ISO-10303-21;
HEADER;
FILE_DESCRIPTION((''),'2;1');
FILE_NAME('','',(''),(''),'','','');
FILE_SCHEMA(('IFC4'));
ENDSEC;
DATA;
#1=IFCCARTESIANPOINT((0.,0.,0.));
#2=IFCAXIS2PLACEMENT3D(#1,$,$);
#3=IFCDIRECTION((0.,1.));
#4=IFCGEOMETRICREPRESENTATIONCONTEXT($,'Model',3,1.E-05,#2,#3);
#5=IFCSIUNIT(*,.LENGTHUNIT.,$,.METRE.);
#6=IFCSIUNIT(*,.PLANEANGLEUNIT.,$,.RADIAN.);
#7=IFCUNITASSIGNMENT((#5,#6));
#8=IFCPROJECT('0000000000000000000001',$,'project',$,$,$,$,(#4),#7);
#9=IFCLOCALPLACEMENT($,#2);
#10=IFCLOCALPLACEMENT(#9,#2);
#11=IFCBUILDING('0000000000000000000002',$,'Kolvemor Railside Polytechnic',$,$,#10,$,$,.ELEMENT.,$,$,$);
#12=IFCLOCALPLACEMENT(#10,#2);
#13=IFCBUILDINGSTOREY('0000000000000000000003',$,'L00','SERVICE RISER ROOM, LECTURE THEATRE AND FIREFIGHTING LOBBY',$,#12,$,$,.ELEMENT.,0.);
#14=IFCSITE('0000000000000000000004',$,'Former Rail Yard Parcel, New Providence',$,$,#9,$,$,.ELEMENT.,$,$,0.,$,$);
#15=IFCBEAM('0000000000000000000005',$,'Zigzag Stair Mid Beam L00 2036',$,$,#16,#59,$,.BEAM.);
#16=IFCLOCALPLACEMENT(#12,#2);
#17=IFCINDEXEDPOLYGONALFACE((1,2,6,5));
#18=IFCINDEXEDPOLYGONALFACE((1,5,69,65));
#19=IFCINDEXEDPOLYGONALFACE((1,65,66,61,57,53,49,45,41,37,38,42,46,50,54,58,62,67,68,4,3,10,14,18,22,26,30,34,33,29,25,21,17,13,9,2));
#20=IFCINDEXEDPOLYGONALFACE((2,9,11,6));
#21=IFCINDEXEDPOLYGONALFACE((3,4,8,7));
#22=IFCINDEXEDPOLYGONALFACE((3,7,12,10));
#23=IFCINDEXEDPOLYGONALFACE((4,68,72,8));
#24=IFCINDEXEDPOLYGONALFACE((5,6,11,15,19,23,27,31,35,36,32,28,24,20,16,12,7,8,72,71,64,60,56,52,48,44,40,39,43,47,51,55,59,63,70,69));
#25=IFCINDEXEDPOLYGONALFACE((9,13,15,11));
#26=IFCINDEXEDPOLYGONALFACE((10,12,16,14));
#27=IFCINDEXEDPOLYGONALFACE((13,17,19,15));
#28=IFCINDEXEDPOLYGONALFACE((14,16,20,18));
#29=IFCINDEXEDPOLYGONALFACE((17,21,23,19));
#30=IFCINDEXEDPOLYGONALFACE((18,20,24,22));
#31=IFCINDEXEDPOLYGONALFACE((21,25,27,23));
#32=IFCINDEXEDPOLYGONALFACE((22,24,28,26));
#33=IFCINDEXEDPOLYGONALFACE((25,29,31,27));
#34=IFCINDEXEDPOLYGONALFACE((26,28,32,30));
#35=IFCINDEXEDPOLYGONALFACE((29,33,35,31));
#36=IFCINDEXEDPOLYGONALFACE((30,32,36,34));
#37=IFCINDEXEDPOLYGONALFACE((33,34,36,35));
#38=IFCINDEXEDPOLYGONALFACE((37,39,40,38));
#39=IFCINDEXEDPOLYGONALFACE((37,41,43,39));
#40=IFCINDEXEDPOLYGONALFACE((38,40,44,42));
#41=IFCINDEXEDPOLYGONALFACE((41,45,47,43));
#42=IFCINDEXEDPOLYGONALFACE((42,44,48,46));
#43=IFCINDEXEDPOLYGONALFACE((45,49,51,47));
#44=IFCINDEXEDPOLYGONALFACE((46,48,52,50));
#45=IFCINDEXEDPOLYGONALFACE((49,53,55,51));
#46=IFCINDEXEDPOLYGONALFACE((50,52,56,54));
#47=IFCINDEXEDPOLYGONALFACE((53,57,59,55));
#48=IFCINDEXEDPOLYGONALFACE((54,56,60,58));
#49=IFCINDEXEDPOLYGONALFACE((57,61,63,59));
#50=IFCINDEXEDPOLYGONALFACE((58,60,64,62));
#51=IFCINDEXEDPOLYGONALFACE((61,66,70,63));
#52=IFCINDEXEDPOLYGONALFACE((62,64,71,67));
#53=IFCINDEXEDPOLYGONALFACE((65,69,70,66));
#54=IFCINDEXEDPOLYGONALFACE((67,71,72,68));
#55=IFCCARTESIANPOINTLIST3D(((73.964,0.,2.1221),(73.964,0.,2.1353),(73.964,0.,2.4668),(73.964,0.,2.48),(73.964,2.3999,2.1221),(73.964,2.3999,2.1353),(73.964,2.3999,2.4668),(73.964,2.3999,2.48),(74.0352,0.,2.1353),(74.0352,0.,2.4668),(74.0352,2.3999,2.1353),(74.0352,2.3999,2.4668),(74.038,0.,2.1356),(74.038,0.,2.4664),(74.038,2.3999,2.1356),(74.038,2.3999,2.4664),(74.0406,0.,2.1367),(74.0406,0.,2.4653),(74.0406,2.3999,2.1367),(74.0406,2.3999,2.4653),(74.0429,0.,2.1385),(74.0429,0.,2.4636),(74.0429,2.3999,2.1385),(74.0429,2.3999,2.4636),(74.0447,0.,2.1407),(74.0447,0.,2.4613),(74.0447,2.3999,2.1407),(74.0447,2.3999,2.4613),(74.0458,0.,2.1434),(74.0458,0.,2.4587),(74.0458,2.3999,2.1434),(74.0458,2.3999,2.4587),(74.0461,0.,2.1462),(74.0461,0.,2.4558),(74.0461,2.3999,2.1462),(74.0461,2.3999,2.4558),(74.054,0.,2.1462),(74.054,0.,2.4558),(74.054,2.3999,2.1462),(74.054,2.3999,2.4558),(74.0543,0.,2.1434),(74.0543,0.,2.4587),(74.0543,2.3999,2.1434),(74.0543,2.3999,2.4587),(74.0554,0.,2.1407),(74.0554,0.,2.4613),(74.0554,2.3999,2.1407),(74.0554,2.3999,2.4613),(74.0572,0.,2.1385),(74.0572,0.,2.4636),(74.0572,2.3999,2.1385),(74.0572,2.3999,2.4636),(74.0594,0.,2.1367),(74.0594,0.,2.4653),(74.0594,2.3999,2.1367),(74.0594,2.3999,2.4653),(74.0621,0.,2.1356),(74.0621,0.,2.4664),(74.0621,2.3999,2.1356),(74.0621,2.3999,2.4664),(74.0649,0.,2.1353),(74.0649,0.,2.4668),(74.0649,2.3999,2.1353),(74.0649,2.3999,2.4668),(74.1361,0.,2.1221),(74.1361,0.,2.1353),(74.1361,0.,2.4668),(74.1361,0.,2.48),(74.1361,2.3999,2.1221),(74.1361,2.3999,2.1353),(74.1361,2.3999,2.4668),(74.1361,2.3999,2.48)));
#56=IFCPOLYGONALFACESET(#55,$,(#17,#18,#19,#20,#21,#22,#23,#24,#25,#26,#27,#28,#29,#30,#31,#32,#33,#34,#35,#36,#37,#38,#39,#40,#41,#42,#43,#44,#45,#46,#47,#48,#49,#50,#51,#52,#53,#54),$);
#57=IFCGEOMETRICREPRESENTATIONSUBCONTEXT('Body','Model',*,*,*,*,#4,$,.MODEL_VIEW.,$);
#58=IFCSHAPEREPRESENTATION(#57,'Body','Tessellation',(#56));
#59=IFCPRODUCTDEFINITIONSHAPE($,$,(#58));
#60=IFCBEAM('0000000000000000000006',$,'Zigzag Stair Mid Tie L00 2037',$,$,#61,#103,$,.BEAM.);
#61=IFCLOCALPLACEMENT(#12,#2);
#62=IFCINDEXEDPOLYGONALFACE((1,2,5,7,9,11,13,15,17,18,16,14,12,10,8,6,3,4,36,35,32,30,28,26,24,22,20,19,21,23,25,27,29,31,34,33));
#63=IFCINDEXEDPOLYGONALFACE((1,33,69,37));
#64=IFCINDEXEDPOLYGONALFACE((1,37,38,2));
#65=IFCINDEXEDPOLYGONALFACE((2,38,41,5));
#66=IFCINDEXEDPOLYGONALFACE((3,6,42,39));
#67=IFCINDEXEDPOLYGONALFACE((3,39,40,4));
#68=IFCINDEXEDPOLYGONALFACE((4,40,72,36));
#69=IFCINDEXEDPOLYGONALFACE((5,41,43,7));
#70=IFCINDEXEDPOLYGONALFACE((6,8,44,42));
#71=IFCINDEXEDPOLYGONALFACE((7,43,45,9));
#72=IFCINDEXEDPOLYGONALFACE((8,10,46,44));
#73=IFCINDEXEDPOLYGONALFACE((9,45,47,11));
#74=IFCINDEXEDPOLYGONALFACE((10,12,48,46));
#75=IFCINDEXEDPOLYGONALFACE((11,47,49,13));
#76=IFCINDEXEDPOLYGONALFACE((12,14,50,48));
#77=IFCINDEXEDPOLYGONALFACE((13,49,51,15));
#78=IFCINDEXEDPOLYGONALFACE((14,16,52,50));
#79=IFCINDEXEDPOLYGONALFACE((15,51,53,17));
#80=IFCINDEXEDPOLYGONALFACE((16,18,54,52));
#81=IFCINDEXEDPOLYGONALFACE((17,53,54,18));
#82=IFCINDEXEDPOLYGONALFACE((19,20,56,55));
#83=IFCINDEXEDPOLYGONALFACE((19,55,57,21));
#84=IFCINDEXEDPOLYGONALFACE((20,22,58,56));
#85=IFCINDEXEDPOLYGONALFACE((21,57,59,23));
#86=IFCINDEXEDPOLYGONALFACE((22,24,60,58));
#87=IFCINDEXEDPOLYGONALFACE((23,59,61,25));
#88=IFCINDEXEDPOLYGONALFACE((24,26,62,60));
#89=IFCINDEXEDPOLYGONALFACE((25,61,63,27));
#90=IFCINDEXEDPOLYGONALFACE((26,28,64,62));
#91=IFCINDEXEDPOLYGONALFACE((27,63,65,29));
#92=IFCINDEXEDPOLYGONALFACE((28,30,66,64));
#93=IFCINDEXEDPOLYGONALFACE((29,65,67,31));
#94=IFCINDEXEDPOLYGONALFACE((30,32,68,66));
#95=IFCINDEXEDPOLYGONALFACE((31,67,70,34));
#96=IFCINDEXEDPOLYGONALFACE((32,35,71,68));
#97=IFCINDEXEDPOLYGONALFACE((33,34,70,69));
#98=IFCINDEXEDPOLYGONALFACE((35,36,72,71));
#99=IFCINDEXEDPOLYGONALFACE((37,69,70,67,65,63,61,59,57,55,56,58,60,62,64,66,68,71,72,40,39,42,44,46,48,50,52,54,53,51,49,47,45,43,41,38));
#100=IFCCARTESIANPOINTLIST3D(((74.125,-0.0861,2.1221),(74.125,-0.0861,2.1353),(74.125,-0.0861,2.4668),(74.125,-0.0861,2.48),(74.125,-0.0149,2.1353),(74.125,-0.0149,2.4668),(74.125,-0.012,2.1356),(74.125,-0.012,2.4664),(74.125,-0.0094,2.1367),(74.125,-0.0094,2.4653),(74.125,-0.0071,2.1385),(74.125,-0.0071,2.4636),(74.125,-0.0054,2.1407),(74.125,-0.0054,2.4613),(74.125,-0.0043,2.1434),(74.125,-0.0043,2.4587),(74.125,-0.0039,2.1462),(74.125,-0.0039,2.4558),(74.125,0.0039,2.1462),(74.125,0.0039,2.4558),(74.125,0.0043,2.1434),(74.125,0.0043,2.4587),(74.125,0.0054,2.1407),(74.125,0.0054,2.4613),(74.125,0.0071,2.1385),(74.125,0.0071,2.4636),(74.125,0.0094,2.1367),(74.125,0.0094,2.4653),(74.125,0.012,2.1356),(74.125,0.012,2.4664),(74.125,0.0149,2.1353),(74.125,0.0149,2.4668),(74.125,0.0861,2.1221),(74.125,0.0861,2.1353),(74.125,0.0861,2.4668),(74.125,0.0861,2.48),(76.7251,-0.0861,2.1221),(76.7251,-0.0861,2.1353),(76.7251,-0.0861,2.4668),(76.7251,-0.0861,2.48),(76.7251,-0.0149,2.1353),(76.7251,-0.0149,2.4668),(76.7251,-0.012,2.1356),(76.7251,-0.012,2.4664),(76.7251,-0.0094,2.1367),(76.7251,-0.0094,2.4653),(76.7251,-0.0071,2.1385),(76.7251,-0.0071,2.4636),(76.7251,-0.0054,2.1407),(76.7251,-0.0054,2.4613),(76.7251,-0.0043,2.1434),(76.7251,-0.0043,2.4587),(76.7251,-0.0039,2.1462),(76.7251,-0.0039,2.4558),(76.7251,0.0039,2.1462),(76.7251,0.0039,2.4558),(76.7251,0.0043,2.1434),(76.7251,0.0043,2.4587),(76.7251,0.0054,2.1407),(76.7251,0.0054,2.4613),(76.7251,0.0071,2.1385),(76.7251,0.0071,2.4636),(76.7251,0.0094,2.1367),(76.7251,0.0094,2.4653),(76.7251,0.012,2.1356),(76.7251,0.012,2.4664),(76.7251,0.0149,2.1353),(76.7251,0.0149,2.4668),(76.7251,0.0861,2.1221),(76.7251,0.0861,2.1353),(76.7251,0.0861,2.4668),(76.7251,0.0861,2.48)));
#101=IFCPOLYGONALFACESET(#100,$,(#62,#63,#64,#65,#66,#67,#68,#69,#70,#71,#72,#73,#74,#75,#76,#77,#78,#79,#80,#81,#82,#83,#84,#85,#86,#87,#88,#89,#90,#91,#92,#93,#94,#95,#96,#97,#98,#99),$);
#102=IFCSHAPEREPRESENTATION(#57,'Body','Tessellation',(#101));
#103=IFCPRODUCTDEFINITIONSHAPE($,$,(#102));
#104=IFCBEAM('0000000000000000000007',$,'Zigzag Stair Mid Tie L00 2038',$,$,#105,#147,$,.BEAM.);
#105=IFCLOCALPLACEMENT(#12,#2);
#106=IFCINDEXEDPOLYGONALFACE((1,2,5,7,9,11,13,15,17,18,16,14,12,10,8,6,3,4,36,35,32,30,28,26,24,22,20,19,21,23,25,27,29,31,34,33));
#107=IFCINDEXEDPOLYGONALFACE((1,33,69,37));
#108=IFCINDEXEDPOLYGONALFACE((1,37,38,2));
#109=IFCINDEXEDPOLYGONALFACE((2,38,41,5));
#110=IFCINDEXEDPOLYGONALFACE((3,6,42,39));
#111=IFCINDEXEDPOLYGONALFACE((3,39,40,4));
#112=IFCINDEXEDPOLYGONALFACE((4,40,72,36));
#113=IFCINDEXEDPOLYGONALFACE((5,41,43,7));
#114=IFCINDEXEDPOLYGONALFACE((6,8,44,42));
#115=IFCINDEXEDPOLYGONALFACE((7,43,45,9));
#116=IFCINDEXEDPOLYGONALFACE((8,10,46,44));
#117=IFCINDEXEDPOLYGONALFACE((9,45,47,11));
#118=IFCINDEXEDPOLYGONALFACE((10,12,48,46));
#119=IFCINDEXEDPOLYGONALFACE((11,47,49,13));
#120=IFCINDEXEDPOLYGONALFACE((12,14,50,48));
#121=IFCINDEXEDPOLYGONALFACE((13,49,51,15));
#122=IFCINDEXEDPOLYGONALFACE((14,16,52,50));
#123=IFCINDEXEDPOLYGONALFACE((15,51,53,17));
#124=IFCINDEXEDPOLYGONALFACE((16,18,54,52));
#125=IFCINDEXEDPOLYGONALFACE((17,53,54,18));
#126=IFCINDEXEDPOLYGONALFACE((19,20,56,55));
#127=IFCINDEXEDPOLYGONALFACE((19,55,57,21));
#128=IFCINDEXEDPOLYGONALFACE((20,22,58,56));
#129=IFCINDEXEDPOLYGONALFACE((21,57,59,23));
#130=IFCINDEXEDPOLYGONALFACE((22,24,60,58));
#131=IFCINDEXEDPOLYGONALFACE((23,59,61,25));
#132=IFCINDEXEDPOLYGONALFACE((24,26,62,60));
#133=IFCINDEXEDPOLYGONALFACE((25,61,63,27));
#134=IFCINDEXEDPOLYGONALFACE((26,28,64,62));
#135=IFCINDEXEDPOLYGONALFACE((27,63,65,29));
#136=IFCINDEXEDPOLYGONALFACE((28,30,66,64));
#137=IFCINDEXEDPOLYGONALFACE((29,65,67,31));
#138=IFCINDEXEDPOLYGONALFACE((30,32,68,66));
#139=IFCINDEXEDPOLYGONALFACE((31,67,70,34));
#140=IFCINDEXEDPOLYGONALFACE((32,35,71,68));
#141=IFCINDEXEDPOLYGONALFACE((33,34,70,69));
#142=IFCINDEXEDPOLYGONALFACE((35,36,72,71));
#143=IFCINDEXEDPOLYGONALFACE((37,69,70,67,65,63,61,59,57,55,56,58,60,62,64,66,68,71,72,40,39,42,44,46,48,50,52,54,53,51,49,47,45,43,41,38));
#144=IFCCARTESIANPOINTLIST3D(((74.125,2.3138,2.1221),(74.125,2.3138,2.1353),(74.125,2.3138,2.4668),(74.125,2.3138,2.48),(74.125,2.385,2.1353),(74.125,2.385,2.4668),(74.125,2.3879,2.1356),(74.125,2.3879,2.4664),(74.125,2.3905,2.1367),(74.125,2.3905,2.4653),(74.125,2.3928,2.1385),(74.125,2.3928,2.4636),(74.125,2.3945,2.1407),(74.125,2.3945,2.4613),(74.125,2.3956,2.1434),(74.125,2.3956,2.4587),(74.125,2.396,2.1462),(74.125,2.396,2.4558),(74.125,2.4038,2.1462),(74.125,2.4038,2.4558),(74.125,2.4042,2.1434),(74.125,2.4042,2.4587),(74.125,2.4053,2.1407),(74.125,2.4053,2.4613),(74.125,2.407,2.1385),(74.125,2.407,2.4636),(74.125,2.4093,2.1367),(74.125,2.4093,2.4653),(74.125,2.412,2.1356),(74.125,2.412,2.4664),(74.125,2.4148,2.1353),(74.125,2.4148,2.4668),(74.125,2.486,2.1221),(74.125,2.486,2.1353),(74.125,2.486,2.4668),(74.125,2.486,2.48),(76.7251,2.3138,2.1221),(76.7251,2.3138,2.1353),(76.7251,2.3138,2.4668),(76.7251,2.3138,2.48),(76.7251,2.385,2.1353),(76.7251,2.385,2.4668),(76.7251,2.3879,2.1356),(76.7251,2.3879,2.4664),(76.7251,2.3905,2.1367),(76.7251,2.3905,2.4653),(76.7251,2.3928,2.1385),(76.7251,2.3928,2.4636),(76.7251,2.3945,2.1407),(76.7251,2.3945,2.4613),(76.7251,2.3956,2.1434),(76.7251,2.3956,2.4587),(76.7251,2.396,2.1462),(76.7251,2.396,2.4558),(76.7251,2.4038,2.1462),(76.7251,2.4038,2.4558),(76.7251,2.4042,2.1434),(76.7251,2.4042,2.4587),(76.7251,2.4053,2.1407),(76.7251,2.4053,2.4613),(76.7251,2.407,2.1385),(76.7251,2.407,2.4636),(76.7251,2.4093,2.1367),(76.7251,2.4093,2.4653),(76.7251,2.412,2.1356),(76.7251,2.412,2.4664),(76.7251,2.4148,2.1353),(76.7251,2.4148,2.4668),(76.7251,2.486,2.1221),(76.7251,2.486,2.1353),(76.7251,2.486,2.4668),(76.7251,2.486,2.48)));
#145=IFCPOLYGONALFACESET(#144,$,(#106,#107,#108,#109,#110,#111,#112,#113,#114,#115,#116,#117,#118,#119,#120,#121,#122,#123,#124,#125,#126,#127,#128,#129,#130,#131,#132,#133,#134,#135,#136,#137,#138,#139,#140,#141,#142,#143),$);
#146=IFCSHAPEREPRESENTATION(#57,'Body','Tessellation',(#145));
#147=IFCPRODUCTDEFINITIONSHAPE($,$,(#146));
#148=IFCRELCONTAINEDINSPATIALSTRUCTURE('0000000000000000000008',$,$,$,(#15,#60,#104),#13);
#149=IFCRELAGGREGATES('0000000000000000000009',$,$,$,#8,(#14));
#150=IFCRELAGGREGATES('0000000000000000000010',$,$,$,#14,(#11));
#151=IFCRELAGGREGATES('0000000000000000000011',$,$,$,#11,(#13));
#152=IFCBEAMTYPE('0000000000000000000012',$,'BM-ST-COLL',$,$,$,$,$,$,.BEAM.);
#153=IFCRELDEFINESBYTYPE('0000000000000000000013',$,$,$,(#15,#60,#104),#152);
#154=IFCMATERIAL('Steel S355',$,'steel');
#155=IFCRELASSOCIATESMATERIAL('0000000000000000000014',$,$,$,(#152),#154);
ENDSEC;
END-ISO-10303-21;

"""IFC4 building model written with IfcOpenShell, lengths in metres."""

from ifc_helpers import new_model, si_unit, direction, frame, origin, origin_2d, place, context, subcontext, project, spatial, i_section, extrude, material, material_profile, profile_set, type_object, element, save


model = new_model("IFC4")

# Units and contexts
model_context = context("Model", 3, precision=1e-05, world=origin(), true_north=direction((0.0, 1.0)))
body_context = subcontext(model_context, "Body", "Model", "MODEL_VIEW")
ifc_project = project(units=[si_unit("LENGTHUNIT", "METRE"), si_unit("PLANEANGLEUNIT", "RADIAN")], contexts=[model_context])

# Site, building, storey
site_placement = place(None, origin())
site = spatial("IfcSite", under=ifc_project, at=site_placement, Name="Former Rail Yard Parcel, New Providence", CompositionType="ELEMENT", RefElevation=0.0)
building_placement = place(site_placement, origin())
building = spatial("IfcBuilding", under=site, at=building_placement, Name="Kolvemor Railside Polytechnic", CompositionType="ELEMENT")
storey_placement = place(building_placement, origin())
storey = spatial("IfcBuildingStorey", under=building, at=storey_placement, Name="L00", Description="SERVICE RISER ROOM, LECTURE THEATRE AND FIREFIGHTING LOBBY", CompositionType="ELEMENT", Elevation=0.0)

# Beams
ifc_material_1 = material(Name="Steel S355", Category="steel")
ifc_material_profile_1 = material_profile(ifc_material_1, i_section(OverallWidth=0.1721, OverallDepth=0.3579, WebThickness=0.0078, FlangeThickness=0.0132, FilletRadius=0.011, at=origin_2d()), Name="W360x57")
ifc_profile_set_1 = profile_set([ifc_material_profile_1], Name="Steel S355")
beam_type_1 = type_object("IfcBeamType", Name="BM-ST-COLL", PredefinedType="BEAM", material=ifc_profile_set_1)
beam_1_placement = place(storey_placement, frame((74.05, 0.0, 2.301), z_axis=(0.0, 1.0, 0.0), x_axis=(-1.0, 0.0, 0.0)))
element("IfcBeam", 1, at=beam_1_placement, inside=storey, type_object=beam_type_1, Name="Zigzag Stair Mid Beam L00 2036", PredefinedType="BEAM", context=body_context, shape_type="SweptSolid", body=[
    extrude(i_section(OverallWidth=0.1721, OverallDepth=0.3579, WebThickness=0.0078, FlangeThickness=0.0132, FilletRadius=0.011, at=origin_2d()), origin(), (0.0, 0.0, 1.0), 2.3999),
])
for number, where, z_axis, x_axis, name in (
    (2, (74.125, 0.0, 2.301), (1.0, 0.0, 0.0), (0.0, 1.0, 0.0), "Zigzag Stair Mid Tie L00 2037"),
    (3, (74.125, 2.3999, 2.301), (1.0, 0.0, 0.0), (0.0, 1.0, 0.0), "Zigzag Stair Mid Tie L00 2038"),
):
    element("IfcBeam", number, at=place(storey_placement, frame(where, z_axis=z_axis, x_axis=x_axis)), inside=storey, type_object=beam_type_1, Name=name, PredefinedType="BEAM", context=body_context, shape_type="SweptSolid", body=[
        extrude(i_section(OverallWidth=0.1721, OverallDepth=0.3579, WebThickness=0.0078, FlangeThickness=0.0132, FilletRadius=0.011, at=origin_2d()), origin(), (0.0, 0.0, 1.0), 2.6001),
    ])

save(model, "model.ifc")
